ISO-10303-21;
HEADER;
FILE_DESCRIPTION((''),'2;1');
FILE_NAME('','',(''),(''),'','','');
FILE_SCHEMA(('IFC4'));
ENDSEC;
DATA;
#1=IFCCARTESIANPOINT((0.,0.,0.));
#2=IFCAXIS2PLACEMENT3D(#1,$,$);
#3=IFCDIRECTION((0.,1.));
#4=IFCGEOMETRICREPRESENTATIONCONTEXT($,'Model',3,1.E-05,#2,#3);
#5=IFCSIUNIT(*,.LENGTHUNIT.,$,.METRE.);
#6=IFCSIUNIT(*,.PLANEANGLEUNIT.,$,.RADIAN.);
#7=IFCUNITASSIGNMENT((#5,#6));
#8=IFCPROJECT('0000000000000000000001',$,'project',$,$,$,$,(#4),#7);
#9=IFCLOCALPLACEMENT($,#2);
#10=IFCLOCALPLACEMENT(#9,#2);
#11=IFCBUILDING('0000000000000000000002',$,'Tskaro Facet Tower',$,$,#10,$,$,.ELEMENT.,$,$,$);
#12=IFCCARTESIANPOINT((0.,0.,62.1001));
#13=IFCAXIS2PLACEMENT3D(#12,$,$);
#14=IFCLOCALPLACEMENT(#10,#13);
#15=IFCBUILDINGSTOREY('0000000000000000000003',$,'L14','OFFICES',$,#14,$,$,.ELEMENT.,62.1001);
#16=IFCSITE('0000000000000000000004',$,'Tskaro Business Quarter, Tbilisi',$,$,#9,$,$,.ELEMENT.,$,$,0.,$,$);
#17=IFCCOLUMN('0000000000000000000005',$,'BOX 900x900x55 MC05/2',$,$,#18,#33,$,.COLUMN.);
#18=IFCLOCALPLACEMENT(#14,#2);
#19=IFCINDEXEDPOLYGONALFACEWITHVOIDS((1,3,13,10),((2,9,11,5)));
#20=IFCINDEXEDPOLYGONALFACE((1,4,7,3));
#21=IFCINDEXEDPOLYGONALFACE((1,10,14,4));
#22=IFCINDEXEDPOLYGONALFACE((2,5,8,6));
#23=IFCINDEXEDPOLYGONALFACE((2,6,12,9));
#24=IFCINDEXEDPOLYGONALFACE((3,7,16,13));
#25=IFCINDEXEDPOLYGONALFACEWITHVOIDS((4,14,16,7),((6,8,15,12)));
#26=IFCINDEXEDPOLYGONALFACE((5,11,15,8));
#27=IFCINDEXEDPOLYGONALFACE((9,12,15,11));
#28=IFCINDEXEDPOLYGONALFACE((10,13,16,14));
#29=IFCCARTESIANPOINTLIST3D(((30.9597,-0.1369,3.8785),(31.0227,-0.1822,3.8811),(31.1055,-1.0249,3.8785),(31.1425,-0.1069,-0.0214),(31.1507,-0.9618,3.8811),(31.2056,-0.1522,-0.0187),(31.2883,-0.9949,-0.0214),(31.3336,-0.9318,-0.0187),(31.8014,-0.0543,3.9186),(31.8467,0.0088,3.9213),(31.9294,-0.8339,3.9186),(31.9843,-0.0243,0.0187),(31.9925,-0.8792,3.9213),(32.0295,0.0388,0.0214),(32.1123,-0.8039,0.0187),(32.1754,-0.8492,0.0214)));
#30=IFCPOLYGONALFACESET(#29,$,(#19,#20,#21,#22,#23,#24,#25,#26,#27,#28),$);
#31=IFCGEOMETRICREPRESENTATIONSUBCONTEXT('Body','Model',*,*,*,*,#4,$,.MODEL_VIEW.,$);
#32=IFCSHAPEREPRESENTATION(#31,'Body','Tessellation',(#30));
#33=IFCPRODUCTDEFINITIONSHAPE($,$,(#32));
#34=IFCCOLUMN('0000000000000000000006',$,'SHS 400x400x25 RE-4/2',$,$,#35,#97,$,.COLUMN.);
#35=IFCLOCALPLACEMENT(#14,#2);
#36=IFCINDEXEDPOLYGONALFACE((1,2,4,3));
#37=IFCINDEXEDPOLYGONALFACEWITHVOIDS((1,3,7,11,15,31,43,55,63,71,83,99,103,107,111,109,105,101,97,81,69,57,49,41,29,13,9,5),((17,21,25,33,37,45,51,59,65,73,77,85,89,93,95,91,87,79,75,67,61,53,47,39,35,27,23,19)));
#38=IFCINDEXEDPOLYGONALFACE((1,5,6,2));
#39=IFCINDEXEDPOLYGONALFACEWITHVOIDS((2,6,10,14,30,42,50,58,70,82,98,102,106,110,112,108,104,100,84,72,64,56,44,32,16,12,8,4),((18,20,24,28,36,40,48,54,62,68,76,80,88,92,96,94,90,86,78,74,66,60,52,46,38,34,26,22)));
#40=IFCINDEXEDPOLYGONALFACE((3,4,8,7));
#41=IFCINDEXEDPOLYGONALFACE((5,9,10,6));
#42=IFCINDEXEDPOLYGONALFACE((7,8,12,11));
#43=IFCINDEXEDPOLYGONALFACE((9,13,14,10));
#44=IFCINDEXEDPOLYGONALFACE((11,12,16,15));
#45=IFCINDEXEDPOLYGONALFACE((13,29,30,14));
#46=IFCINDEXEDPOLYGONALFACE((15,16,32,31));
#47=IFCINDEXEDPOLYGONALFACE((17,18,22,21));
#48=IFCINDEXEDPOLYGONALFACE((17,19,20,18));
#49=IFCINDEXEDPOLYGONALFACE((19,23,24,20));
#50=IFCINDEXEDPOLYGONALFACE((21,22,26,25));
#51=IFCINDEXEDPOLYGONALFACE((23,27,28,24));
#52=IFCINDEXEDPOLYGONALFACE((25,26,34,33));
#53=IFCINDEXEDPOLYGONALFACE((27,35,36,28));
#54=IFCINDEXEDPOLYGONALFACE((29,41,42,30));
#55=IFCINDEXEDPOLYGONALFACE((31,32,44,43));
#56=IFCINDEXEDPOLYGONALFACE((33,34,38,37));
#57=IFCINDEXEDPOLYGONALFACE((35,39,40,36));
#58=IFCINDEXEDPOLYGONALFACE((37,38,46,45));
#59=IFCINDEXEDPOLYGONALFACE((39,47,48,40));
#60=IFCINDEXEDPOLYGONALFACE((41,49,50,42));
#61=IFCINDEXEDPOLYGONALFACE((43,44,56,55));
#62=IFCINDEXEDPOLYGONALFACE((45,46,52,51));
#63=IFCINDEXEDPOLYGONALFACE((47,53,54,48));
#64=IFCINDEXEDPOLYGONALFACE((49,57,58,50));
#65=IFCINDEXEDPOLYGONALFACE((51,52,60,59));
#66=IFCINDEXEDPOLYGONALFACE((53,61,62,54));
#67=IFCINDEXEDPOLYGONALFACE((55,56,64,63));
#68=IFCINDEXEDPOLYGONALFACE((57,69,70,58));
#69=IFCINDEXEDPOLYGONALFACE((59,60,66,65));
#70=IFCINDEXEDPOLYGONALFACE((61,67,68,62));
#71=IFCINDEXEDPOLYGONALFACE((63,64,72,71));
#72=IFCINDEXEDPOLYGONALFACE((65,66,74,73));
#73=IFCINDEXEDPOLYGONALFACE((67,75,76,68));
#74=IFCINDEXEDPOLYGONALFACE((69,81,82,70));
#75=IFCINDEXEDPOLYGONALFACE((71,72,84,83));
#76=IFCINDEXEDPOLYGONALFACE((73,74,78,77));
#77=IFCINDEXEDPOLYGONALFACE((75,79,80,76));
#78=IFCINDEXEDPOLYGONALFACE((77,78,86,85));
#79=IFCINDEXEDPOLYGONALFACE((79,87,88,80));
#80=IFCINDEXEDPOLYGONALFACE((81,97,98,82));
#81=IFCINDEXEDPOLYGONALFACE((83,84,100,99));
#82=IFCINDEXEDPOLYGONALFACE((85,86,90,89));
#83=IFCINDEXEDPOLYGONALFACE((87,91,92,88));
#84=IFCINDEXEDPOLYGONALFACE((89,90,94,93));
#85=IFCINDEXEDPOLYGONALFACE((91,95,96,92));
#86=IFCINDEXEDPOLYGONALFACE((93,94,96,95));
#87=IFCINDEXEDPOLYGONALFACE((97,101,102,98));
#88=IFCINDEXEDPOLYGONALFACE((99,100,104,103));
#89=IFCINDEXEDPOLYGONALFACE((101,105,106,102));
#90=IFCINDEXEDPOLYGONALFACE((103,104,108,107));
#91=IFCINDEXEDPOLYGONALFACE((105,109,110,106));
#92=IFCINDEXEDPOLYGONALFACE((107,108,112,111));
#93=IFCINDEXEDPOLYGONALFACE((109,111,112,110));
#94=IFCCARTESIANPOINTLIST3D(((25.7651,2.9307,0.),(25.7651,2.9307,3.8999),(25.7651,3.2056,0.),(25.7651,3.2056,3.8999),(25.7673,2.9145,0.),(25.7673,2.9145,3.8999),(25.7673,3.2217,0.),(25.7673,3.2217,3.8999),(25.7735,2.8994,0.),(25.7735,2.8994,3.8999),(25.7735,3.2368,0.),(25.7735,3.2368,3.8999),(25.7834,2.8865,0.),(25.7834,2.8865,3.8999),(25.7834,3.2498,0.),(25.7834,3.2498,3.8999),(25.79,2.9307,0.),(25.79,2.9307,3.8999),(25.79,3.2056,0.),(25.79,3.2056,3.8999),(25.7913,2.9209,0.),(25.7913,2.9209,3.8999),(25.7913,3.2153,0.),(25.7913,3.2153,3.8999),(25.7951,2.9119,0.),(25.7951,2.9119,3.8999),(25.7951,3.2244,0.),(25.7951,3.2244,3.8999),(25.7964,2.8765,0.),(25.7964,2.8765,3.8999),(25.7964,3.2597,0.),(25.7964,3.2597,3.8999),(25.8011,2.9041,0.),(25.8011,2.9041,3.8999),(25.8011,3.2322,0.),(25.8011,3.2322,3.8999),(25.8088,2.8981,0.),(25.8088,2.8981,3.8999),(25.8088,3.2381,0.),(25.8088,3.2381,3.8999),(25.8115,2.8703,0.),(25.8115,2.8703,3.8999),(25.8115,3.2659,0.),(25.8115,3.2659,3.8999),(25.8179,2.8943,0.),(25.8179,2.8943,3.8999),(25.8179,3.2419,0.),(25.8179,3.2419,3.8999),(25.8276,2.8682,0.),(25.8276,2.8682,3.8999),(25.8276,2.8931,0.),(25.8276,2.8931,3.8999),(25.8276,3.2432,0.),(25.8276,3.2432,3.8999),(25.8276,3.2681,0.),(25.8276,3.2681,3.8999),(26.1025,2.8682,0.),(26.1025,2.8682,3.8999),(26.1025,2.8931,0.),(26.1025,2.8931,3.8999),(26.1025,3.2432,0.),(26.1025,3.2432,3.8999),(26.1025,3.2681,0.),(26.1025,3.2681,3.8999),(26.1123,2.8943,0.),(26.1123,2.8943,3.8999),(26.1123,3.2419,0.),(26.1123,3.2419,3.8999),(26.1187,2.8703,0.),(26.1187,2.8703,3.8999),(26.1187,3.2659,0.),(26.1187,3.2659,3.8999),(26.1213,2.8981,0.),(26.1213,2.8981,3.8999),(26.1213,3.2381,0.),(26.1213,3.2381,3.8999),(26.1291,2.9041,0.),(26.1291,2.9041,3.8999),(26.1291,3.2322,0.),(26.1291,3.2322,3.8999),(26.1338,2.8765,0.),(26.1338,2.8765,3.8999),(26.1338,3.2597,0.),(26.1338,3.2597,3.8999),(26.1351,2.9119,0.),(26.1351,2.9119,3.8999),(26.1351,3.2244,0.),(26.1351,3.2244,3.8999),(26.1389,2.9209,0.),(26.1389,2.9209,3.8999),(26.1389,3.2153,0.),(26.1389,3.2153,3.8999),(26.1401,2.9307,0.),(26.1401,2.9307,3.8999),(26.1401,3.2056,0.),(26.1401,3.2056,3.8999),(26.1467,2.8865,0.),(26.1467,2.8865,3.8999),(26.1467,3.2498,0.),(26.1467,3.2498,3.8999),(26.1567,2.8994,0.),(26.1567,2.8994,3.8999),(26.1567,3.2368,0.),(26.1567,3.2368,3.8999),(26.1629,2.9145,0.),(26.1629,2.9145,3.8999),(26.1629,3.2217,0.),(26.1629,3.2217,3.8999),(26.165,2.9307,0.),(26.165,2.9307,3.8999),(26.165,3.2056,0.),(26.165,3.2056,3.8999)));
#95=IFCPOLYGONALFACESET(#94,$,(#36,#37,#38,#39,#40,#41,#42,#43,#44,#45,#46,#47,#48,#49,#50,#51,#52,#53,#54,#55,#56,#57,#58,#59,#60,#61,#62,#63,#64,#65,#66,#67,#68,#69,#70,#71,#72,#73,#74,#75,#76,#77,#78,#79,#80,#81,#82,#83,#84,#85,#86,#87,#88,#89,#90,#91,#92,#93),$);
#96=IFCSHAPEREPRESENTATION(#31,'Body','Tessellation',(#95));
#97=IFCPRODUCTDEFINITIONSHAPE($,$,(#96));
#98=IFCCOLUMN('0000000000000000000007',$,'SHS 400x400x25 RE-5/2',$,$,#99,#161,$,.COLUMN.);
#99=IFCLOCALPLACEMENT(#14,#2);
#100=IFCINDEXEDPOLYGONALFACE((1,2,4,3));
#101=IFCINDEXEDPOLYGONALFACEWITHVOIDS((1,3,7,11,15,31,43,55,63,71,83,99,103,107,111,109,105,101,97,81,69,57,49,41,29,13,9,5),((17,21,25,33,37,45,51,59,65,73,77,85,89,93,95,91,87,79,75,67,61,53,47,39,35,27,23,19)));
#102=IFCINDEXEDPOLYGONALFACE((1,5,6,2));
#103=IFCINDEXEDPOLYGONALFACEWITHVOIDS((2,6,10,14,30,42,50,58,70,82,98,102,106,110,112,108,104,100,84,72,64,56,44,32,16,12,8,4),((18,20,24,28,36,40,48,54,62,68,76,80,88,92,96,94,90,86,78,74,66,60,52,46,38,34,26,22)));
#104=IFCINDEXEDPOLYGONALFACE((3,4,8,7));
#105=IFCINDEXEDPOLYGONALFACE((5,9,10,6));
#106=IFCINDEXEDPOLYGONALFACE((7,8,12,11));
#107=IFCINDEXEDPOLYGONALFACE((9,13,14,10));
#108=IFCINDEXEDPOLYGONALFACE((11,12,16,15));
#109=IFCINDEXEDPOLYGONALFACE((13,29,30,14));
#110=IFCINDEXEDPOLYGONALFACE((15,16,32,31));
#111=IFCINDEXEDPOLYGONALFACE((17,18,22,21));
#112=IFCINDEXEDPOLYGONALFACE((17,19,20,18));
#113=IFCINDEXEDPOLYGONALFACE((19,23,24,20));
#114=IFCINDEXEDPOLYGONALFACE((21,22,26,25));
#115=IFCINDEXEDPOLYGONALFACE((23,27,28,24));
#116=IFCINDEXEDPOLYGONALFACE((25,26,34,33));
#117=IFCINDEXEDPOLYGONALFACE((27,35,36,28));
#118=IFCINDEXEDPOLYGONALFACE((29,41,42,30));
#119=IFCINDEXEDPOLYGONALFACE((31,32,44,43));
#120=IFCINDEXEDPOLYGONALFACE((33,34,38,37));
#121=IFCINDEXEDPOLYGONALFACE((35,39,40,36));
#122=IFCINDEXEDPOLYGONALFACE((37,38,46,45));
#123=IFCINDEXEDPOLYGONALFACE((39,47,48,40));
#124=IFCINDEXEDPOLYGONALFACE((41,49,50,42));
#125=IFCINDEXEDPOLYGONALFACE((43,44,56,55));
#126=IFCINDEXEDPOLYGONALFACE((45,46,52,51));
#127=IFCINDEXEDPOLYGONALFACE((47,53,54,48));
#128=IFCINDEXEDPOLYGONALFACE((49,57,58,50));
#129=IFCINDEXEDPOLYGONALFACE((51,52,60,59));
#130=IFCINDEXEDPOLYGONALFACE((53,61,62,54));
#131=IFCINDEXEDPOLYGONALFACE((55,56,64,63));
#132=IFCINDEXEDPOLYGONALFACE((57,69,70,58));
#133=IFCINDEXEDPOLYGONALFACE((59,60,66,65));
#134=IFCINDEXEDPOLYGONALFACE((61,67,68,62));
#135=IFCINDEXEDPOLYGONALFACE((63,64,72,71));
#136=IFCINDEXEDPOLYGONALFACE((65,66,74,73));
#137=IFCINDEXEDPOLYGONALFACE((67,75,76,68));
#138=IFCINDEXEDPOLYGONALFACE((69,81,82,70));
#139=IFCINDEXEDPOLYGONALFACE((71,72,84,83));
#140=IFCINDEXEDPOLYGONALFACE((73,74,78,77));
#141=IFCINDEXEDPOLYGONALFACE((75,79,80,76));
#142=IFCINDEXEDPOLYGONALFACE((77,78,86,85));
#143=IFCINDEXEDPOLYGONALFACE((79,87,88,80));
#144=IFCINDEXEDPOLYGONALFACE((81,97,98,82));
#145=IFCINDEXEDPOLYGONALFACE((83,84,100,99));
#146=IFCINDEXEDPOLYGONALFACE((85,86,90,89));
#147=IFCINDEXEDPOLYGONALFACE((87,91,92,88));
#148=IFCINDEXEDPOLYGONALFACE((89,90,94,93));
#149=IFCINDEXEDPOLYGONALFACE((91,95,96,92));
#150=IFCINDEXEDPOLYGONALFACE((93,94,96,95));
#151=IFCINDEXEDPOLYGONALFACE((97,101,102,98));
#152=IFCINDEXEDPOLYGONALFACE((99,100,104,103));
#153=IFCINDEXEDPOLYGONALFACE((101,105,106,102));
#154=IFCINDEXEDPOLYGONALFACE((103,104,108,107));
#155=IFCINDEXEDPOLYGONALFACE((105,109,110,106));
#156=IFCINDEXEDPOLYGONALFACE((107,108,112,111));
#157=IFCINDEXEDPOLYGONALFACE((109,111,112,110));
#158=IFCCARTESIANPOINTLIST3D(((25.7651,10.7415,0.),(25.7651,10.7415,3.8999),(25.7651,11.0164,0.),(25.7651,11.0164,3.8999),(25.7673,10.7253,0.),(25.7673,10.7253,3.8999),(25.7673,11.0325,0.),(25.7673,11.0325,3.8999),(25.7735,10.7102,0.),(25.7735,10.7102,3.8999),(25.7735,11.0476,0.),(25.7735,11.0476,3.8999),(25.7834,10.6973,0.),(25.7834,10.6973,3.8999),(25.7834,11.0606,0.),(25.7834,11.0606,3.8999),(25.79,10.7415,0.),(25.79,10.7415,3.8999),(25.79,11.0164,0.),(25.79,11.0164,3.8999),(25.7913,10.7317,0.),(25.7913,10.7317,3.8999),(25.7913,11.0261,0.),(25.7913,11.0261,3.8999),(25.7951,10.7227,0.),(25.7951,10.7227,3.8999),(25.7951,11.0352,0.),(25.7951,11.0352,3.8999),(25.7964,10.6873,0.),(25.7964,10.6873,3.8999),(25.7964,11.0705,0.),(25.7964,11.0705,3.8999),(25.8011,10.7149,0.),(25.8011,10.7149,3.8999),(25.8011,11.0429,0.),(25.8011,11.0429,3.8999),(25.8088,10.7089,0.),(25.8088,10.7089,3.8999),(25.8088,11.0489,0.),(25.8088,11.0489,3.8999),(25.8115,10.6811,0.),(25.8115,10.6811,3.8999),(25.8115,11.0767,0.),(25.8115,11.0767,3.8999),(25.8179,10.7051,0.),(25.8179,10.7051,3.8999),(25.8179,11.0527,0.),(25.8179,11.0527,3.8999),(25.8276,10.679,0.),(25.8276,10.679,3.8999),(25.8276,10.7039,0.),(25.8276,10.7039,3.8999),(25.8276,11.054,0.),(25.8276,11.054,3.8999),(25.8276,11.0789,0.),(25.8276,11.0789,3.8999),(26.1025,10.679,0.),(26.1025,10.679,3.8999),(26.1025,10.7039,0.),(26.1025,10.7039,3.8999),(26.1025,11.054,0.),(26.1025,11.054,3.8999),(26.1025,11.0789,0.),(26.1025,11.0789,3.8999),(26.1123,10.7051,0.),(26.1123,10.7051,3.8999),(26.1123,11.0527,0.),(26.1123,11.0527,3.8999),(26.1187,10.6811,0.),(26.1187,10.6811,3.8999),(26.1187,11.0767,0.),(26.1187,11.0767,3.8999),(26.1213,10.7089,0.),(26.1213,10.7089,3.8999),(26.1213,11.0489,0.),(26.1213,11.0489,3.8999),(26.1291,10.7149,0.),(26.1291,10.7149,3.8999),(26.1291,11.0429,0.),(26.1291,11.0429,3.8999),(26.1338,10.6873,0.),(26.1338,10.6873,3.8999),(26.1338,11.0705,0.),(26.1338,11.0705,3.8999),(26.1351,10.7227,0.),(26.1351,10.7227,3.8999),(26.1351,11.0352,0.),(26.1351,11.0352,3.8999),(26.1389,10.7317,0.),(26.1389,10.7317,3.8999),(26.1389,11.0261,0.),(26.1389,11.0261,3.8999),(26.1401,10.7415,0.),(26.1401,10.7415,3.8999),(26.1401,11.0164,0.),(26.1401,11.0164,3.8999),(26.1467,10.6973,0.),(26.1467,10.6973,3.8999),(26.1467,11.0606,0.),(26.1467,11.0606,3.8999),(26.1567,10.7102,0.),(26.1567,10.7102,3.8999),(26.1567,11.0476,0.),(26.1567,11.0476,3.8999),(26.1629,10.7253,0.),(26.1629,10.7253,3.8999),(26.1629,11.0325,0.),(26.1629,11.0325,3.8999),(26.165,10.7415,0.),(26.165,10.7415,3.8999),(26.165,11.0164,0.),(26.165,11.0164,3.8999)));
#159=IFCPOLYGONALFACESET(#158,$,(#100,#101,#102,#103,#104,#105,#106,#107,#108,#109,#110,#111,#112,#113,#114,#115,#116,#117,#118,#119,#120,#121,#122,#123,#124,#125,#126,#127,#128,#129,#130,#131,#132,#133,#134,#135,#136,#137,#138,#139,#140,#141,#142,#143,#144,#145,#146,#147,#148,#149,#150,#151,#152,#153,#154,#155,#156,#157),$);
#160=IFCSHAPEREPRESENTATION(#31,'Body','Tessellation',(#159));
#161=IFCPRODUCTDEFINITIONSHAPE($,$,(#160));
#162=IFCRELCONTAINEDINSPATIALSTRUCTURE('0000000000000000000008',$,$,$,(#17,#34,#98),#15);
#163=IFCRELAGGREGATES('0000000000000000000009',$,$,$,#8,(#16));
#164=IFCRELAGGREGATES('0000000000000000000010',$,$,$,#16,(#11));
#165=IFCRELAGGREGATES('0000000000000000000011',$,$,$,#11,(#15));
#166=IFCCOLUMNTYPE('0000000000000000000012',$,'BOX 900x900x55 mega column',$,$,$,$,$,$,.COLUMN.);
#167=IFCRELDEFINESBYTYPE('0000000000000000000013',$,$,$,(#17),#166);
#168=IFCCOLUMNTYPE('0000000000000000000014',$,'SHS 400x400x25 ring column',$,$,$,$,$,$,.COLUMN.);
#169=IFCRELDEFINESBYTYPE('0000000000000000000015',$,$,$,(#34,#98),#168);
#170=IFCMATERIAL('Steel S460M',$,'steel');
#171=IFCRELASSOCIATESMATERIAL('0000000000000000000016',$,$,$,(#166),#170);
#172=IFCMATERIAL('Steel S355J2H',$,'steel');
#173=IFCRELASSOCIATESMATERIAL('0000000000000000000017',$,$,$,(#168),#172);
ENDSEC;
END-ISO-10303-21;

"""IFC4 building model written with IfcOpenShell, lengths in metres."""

from ifc_helpers import new_model, si_unit, direction, frame, origin, origin_2d, place, context, subcontext, project, spatial, hollow_rectangle, extrude, material, material_profile, profile_set, type_object, element, save


model = new_model("IFC4")

# Units and contexts
model_context = context("Model", 3, precision=1e-05, world=origin(), true_north=direction((0.0, 1.0)))
body_context = subcontext(model_context, "Body", "Model", "MODEL_VIEW")
ifc_project = project(units=[si_unit("LENGTHUNIT", "METRE"), si_unit("PLANEANGLEUNIT", "RADIAN")], contexts=[model_context])

# Site, building, storey
site_placement = place(None, origin())
site = spatial("IfcSite", under=ifc_project, at=site_placement, Name="Tskaro Business Quarter, Tbilisi", CompositionType="ELEMENT", RefElevation=0.0)
building_placement = place(site_placement, origin())
building = spatial("IfcBuilding", under=site, at=building_placement, Name="Tskaro Facet Tower", CompositionType="ELEMENT")
storey_placement = place(building_placement, frame((0.0, 0.0, 62.1001)))
storey = spatial("IfcBuildingStorey", under=building, at=storey_placement, Name="L14", Description="OFFICES", CompositionType="ELEMENT", Elevation=62.1001)

# Columns
ifc_material_1 = material(Name="Steel S460M", Category="steel")
ifc_material_profile_1 = material_profile(ifc_material_1, hollow_rectangle(XDim=0.8999, YDim=0.8999, WallThickness=0.0549, at=origin_2d()), Name="BOX 900x900x55")
ifc_profile_set_1 = profile_set([ifc_material_profile_1], Name="Steel S460M")
column_type_1 = type_object("IfcColumnType", Name="BOX 900x900x55 mega column", PredefinedType="COLUMN", material=ifc_profile_set_1)
column_placement = place(storey_placement, frame((31.6589, -0.478, 0.0), z_axis=(-0.046836, -0.007691, 0.998873), x_axis=(0.162048, -0.986783, 0.0)))
element("IfcColumn", 1, at=column_placement, inside=storey, type_object=column_type_1, Name="BOX 900x900x55 MC05/2", PredefinedType="COLUMN", context=body_context, shape_type="SweptSolid", body=[
    extrude(hollow_rectangle(XDim=0.8999, YDim=0.8999, WallThickness=0.0549, at=origin_2d()), origin(), (0.0, 0.0, 1.0), 3.9043),
])
ifc_material_2 = material(Name="Steel S355J2H", Category="steel")
ifc_material_profile_2 = material_profile(ifc_material_2, hollow_rectangle(XDim=0.3999, YDim=0.3999, WallThickness=0.0249, InnerFilletRadius=0.0376, OuterFilletRadius=0.0625, at=origin_2d()), Name="SHS 400x400x25")
ifc_profile_set_2 = profile_set([ifc_material_profile_2], Name="Steel S355J2H")
column_type_2 = type_object("IfcColumnType", Name="SHS 400x400x25 ring column", PredefinedType="COLUMN", material=ifc_profile_set_2)
for number, where, z_axis, x_axis, name in (
    (2, (25.9651, 3.0681, 0.0), (0.0, 0.0, 1.0), (1.0, 0.0, 0.0), "SHS 400x400x25 RE-4/2"),
    (3, (25.9651, 10.8789, 0.0), (0.0, 0.0, 1.0), (1.0, 0.0, 0.0), "SHS 400x400x25 RE-5/2"),
):
    element("IfcColumn", number, at=place(storey_placement, frame(where, z_axis=z_axis, x_axis=x_axis)), inside=storey, type_object=column_type_2, Name=name, PredefinedType="COLUMN", context=body_context, shape_type="SweptSolid", body=[
        extrude(hollow_rectangle(XDim=0.3999, YDim=0.3999, WallThickness=0.0249, InnerFilletRadius=0.0376, OuterFilletRadius=0.0625, at=origin_2d()), origin(), (0.0, 0.0, 1.0), 3.8999),
    ])

save(model, "model.ifc")
